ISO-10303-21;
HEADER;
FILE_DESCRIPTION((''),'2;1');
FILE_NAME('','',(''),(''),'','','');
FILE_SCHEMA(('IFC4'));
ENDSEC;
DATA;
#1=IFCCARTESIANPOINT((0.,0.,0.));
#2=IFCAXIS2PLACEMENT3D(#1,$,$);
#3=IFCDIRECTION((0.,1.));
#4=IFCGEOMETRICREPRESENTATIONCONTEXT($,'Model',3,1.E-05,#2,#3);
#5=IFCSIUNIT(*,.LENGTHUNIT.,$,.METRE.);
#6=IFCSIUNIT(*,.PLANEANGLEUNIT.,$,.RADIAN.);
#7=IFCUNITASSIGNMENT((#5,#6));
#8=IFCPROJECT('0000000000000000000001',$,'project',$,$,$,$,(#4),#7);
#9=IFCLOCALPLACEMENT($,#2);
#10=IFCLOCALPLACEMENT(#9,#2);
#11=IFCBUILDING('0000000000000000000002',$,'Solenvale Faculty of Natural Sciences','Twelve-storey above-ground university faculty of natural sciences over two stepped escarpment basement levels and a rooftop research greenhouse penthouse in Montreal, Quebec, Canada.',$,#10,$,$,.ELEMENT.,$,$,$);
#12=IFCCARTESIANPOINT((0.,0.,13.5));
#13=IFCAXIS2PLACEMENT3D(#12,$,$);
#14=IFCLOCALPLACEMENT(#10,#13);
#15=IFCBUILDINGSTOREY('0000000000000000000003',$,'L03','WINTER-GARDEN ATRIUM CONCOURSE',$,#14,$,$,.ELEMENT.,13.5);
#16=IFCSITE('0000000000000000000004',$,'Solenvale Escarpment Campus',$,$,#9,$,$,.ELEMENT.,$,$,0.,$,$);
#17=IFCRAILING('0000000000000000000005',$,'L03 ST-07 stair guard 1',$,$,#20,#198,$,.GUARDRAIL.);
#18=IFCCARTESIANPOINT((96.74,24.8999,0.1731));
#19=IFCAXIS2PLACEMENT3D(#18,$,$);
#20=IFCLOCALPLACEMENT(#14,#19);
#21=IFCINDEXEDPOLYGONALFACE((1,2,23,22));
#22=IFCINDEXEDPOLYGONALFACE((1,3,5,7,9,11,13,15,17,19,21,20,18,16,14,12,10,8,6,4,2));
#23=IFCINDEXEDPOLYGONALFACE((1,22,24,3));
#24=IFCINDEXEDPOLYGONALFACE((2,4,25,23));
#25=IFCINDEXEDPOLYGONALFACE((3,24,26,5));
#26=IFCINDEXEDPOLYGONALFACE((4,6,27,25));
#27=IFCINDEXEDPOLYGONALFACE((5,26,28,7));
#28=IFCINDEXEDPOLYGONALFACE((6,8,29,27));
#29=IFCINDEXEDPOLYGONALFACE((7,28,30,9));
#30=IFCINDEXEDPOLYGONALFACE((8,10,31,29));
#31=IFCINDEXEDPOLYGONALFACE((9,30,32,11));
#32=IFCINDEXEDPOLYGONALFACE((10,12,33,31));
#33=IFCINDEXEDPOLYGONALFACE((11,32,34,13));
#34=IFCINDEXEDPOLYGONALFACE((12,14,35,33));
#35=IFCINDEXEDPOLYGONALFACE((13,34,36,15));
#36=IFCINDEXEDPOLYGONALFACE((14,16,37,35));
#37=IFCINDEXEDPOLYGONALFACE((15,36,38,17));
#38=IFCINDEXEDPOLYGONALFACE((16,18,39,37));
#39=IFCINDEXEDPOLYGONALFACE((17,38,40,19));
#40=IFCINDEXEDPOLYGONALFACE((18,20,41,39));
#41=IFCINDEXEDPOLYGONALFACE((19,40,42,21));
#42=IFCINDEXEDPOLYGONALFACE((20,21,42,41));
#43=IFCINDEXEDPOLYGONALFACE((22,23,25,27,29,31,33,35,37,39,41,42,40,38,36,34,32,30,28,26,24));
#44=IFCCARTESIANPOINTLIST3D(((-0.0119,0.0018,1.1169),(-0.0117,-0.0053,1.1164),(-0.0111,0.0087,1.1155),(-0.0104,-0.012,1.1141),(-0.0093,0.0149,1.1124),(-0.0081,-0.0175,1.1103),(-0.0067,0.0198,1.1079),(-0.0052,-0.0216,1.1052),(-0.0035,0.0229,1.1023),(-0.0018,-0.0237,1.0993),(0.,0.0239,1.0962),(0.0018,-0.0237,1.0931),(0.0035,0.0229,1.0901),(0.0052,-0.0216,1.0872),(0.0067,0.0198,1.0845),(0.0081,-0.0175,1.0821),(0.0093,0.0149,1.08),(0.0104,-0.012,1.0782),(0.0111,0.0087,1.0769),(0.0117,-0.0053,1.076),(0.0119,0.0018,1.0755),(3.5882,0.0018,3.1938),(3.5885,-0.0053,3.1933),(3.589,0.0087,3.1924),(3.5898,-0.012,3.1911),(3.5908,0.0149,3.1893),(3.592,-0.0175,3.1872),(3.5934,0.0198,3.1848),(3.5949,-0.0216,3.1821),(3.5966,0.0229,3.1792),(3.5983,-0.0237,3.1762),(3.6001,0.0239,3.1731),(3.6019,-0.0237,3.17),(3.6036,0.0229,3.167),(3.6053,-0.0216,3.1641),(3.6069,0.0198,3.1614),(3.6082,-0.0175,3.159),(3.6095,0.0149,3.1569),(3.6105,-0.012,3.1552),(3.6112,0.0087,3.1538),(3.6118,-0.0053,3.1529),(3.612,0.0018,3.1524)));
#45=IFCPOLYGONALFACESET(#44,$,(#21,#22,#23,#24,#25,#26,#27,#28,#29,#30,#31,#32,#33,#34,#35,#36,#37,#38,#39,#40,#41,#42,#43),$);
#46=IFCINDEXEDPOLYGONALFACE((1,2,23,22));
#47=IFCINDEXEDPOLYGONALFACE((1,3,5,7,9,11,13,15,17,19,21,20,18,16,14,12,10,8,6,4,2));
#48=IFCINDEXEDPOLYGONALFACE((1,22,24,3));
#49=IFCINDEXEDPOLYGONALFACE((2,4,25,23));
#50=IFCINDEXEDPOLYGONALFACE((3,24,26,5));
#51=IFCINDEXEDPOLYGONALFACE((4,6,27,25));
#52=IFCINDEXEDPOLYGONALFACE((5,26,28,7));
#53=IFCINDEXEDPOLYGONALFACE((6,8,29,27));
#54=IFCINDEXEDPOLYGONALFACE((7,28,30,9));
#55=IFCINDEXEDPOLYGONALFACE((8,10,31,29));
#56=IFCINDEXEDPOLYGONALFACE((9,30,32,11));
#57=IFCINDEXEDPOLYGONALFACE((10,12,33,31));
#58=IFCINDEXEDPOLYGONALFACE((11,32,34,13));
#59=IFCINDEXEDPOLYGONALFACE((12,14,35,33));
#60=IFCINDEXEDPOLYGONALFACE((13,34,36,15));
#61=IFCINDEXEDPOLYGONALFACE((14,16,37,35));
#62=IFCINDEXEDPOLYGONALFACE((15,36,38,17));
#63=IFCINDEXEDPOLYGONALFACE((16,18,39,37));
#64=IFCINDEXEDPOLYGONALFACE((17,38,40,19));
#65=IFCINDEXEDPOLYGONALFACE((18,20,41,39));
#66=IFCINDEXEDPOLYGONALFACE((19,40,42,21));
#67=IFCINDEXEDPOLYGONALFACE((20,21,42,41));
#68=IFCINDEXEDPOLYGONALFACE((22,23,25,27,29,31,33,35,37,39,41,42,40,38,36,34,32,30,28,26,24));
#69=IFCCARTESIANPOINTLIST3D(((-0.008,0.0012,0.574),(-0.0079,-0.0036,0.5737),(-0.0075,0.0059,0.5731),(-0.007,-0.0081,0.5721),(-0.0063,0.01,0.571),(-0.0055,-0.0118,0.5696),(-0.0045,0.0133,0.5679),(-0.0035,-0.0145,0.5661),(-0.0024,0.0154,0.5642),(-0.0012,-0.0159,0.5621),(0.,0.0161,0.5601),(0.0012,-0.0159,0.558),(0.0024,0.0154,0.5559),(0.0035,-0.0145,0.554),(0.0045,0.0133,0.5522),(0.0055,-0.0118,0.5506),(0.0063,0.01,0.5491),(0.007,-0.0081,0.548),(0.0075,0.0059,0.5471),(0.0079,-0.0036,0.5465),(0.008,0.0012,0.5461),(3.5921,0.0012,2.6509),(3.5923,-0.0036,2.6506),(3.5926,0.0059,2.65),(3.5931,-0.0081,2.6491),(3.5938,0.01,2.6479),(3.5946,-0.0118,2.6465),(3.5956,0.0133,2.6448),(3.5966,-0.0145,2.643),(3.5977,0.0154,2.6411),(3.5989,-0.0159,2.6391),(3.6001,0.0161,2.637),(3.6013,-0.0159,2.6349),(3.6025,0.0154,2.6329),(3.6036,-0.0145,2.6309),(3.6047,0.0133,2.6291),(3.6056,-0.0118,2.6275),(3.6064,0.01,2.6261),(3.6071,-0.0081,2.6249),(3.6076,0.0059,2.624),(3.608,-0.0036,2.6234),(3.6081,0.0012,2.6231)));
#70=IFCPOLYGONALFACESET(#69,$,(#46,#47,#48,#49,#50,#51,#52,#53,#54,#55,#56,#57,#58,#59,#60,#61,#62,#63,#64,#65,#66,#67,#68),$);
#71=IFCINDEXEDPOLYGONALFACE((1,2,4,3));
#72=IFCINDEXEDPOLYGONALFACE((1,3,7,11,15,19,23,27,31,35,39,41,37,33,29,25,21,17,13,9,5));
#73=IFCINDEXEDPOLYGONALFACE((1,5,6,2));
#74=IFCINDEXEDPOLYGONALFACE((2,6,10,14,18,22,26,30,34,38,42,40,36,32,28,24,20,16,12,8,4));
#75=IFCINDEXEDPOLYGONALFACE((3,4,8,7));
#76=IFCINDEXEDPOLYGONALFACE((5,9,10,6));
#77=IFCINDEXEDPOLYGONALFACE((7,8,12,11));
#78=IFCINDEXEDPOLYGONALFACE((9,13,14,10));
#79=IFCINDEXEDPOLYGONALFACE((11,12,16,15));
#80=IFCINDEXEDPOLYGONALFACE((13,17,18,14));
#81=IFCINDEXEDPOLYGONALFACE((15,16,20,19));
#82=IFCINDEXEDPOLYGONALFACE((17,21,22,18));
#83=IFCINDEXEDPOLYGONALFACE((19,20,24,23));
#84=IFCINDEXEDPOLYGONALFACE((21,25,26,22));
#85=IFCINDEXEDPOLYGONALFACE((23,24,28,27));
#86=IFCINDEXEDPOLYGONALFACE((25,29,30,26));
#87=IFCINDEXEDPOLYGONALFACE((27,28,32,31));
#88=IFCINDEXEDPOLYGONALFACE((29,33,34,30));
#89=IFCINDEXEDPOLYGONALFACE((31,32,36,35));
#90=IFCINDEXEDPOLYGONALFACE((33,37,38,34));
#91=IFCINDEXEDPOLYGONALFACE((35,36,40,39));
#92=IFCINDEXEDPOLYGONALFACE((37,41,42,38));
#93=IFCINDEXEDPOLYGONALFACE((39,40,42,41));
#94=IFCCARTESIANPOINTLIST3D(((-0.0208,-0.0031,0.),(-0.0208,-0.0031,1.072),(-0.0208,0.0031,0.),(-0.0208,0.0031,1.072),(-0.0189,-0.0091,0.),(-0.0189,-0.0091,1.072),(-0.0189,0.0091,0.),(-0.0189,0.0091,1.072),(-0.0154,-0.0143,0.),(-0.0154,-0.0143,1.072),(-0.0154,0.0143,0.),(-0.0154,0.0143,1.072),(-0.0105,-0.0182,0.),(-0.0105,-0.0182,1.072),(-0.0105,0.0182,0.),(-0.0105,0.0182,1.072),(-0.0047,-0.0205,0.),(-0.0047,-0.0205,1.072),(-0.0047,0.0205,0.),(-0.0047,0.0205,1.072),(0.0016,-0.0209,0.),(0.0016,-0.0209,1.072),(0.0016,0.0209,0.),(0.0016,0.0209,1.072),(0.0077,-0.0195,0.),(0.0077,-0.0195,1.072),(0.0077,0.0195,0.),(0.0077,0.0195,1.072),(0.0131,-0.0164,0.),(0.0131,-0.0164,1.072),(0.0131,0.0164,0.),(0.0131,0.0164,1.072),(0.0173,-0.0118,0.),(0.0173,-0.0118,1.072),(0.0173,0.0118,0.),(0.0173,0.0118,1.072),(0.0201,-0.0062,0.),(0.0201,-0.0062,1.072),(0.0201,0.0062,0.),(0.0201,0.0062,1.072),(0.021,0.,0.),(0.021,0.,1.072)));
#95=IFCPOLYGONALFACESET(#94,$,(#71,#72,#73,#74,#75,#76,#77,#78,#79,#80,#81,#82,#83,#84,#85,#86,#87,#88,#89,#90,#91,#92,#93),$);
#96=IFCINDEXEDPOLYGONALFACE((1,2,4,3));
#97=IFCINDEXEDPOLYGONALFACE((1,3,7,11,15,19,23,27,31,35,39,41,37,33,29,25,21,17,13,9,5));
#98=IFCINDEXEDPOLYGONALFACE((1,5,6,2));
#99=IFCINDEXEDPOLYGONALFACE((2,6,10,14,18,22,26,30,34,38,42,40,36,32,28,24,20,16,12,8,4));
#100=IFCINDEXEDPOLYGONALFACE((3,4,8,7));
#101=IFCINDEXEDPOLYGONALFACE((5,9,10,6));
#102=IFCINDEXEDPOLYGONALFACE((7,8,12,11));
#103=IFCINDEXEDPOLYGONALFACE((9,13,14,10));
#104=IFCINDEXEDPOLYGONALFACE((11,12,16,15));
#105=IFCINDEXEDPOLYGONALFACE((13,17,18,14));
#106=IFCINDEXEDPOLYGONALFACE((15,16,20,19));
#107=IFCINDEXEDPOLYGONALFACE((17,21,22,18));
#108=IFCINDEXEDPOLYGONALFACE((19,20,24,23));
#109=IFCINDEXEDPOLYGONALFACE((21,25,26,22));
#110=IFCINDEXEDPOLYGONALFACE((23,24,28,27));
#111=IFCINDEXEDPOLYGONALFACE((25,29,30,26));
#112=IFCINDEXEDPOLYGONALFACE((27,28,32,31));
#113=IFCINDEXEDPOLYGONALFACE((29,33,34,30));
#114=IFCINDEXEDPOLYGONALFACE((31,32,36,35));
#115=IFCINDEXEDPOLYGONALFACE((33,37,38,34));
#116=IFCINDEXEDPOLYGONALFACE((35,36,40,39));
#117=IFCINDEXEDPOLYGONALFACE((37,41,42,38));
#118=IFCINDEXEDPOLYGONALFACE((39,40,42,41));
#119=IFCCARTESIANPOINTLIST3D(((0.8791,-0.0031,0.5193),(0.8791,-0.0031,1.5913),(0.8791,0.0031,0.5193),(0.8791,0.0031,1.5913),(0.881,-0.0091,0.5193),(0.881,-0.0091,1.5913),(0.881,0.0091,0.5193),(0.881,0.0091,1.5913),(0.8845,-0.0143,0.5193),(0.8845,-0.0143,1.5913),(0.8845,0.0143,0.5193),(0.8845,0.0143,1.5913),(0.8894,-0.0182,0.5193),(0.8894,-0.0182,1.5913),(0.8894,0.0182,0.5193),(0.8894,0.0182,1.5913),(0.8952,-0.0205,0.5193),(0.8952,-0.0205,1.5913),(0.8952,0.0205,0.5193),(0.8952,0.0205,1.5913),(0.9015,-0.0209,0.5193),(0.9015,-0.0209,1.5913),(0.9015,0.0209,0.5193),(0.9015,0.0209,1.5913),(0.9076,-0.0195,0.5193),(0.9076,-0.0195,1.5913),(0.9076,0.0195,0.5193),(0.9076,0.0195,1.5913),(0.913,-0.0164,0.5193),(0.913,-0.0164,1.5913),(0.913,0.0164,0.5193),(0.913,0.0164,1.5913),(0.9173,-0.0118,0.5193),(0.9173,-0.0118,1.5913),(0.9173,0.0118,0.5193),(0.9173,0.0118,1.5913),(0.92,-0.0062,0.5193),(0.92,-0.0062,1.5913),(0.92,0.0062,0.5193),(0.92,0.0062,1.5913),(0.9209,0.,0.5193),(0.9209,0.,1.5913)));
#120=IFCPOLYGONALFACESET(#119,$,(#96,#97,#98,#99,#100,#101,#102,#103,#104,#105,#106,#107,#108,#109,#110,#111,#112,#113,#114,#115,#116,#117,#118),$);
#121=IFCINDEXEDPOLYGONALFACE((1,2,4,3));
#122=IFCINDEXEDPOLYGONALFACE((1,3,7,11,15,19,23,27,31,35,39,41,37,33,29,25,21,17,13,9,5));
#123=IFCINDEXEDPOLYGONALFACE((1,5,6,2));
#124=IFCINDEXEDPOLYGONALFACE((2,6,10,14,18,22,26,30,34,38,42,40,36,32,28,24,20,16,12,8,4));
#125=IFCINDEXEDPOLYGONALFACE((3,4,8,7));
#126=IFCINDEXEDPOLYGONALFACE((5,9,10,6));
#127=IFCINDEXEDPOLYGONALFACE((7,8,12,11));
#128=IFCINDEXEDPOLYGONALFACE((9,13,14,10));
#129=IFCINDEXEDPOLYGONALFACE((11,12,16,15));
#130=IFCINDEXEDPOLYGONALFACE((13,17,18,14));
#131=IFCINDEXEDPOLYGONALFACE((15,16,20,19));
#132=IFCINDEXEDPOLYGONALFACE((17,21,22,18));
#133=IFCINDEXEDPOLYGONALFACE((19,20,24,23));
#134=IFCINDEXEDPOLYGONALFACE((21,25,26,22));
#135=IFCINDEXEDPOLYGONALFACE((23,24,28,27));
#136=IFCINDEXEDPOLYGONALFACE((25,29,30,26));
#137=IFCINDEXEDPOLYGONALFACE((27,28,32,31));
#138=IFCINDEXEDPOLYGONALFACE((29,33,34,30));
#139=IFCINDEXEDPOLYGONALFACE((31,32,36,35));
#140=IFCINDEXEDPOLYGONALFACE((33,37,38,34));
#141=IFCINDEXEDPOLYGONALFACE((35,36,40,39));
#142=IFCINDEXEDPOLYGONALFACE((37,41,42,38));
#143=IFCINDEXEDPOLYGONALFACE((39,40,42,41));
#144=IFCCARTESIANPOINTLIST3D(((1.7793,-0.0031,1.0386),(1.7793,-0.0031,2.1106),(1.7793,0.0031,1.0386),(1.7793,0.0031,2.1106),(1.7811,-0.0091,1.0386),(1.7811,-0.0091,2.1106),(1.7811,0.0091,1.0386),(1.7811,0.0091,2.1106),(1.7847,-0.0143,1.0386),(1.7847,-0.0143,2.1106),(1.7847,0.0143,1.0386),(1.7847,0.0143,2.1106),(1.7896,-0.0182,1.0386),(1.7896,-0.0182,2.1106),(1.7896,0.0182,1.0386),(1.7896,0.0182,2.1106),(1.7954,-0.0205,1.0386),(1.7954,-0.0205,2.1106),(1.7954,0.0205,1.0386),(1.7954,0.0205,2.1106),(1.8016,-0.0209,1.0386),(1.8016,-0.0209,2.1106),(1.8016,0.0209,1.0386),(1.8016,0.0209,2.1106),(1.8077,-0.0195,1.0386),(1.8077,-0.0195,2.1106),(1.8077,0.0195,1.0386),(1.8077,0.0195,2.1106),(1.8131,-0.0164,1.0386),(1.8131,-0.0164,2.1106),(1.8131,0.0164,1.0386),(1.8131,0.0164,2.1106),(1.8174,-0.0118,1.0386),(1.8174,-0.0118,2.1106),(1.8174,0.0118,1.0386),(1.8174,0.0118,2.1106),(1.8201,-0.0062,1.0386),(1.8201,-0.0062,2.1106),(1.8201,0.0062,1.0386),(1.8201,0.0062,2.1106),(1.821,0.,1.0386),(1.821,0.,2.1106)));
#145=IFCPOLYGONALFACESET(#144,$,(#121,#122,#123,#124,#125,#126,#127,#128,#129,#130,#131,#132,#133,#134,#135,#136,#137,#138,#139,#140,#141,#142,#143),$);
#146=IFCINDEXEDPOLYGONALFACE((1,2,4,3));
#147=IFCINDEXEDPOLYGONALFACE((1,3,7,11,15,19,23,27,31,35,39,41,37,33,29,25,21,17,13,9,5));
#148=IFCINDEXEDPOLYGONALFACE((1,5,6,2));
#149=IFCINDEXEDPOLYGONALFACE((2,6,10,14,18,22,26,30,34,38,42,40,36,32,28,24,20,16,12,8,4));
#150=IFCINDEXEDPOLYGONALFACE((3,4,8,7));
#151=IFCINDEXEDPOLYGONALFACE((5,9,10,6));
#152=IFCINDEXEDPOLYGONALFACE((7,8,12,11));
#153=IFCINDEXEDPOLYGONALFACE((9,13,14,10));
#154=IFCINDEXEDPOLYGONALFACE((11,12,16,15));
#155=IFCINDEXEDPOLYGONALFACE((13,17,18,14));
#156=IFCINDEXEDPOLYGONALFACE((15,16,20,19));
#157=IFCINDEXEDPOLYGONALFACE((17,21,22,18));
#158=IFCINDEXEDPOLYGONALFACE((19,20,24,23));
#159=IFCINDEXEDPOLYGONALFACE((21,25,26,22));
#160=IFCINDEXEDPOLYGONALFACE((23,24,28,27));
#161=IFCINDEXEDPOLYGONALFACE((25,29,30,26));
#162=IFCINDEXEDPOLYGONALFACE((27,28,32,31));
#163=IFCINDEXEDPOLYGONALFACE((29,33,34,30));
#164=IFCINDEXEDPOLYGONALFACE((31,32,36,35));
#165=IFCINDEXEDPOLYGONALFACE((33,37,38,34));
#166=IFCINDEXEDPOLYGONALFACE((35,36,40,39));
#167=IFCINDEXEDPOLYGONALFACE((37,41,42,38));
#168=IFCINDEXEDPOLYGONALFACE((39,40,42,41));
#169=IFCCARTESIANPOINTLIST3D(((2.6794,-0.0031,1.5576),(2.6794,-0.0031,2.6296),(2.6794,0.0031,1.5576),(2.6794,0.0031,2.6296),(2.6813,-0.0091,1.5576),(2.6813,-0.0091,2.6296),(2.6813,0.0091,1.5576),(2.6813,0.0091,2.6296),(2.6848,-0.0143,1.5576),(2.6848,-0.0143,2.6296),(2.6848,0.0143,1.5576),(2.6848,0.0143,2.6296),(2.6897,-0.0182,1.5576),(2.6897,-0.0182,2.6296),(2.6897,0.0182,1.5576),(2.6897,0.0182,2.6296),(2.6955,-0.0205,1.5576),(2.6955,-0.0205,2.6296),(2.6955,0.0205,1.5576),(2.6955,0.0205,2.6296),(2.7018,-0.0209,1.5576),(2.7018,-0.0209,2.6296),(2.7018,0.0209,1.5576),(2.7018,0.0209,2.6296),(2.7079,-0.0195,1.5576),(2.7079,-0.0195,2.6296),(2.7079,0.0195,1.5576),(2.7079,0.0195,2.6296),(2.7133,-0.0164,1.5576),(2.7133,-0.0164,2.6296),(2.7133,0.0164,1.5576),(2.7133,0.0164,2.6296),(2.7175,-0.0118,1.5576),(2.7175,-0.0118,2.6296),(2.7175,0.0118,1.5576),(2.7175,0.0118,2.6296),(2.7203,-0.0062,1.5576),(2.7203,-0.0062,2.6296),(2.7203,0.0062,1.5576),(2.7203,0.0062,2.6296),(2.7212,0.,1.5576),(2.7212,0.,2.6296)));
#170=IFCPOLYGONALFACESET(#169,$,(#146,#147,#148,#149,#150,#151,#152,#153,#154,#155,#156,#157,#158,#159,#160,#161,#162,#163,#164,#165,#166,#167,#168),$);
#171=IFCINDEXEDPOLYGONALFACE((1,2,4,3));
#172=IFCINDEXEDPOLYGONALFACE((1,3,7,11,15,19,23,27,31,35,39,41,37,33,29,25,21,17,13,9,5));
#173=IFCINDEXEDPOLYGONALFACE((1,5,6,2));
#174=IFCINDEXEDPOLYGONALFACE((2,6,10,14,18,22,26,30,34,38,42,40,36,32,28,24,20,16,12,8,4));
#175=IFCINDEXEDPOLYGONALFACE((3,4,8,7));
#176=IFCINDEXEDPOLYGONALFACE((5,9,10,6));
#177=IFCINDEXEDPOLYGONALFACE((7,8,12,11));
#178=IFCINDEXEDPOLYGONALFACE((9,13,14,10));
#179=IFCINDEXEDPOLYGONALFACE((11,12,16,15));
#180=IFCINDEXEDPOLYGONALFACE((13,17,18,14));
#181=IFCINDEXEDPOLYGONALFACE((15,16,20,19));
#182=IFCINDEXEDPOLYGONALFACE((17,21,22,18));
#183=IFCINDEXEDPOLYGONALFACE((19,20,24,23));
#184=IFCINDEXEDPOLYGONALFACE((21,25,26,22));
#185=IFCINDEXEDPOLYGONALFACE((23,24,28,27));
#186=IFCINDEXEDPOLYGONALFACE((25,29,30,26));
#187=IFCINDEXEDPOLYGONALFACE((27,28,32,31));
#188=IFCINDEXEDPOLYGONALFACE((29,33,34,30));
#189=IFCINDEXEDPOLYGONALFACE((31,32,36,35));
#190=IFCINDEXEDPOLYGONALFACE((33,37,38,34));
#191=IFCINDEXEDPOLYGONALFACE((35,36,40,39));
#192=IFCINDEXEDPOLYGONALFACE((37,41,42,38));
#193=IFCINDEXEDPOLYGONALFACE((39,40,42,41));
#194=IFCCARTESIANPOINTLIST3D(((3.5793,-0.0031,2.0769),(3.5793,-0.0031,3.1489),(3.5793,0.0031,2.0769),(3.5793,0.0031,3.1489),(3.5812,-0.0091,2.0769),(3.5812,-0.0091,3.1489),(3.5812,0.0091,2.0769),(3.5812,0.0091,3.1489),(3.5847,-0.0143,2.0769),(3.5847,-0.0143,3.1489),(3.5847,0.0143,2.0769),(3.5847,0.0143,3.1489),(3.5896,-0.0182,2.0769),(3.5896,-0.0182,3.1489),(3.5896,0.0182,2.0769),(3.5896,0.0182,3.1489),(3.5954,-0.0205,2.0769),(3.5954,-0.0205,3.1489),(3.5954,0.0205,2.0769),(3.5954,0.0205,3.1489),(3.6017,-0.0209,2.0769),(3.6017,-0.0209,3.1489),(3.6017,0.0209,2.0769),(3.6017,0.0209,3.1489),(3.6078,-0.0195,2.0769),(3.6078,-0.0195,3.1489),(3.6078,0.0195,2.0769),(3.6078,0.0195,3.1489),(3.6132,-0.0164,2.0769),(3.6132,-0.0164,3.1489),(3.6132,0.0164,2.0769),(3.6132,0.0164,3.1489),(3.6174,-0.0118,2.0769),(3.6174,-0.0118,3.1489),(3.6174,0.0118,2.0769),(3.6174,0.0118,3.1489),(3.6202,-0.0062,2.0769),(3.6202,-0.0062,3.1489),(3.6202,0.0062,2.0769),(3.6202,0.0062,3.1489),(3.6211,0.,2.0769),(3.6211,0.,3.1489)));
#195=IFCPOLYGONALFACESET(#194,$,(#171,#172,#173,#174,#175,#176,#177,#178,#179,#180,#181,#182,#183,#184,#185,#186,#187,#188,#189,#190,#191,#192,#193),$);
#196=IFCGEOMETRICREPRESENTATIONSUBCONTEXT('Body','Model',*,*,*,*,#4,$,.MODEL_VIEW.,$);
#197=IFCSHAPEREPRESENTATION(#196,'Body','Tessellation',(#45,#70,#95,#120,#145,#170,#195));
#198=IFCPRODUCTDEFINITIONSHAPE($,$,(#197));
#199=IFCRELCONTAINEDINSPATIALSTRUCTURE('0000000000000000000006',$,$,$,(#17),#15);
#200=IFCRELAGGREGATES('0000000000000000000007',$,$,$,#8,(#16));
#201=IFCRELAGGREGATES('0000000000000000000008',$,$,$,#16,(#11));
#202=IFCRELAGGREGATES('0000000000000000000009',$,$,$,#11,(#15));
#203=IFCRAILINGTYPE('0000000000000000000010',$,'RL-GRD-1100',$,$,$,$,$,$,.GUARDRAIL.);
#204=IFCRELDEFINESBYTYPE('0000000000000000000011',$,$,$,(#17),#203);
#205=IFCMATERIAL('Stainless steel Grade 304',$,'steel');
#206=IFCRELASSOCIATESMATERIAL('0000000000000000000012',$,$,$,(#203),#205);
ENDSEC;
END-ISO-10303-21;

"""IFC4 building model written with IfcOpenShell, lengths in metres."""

from ifc_helpers import new_model, si_unit, direction, frame, origin, origin_2d, place, context, subcontext, project, spatial, circle, extrude, material, type_object, element, save


model = new_model("IFC4")

# Units and contexts
model_context = context("Model", 3, precision=1e-05, world=origin(), true_north=direction((0.0, 1.0)))
body_context = subcontext(model_context, "Body", "Model", "MODEL_VIEW")
ifc_project = project(units=[si_unit("LENGTHUNIT", "METRE"), si_unit("PLANEANGLEUNIT", "RADIAN")], contexts=[model_context])

# Site, building, storey
site_placement = place(None, origin())
site = spatial("IfcSite", under=ifc_project, at=site_placement, Name="Solenvale Escarpment Campus", CompositionType="ELEMENT", RefElevation=0.0)
building_placement = place(site_placement, origin())
building = spatial("IfcBuilding", under=site, at=building_placement, Name="Solenvale Faculty of Natural Sciences", Description="Twelve-storey above-ground university faculty of natural sciences over two stepped escarpment basement levels and a rooftop research greenhouse penthouse in Montreal, Quebec, Canada.", CompositionType="ELEMENT")
storey_placement = place(building_placement, frame((0.0, 0.0, 13.5)))
storey = spatial("IfcBuildingStorey", under=building, at=storey_placement, Name="L03", Description="WINTER-GARDEN ATRIUM CONCOURSE", CompositionType="ELEMENT", Elevation=13.5)

# Railing
ifc_material_1 = material(Name="Stainless steel Grade 304", Category="steel")
railing_type_1 = type_object("IfcRailingType", Name="RL-GRD-1100", PredefinedType="GUARDRAIL", material=ifc_material_1)
railing_1_placement = place(storey_placement, frame((96.74, 24.8999, 0.1731)))
element("IfcRailing", 1, at=railing_1_placement, inside=storey, type_object=railing_type_1, Name="L03 ST-07 stair guard 1", PredefinedType="GUARDRAIL", context=body_context, shape_type="SweptSolid", body=[
    extrude(circle(Radius=0.0239, at=origin_2d()), frame((0.0, 0.0, 1.0962), z_axis=(0.866193, 0.0, 0.499709), x_axis=(0.0, 1.0, 0.0)), (0.0, 0.0, 1.0), 4.1562),
    extrude(circle(Radius=0.0161, at=origin_2d()), frame((0.0, 0.0, 0.5601), z_axis=(0.866193, 0.0, 0.499709), x_axis=(0.0, 1.0, 0.0)), (0.0, 0.0, 1.0), 4.1562),
    extrude(circle(Radius=0.021, at=origin_2d()), origin(), (0.0, 0.0, 1.0), 1.072),
    extrude(circle(Radius=0.021, at=origin_2d()), frame((0.8999, 0.0, 0.5193)), (0.0, 0.0, 1.0), 1.072),
    extrude(circle(Radius=0.021, at=origin_2d()), frame((1.8, 0.0, 1.0386)), (0.0, 0.0, 1.0), 1.072),
    extrude(circle(Radius=0.021, at=origin_2d()), frame((2.7002, 0.0, 1.5576)), (0.0, 0.0, 1.0), 1.072),
    extrude(circle(Radius=0.021, at=origin_2d()), frame((3.6001, 0.0, 2.0769)), (0.0, 0.0, 1.0), 1.072),
])

save(model, "model.ifc")
